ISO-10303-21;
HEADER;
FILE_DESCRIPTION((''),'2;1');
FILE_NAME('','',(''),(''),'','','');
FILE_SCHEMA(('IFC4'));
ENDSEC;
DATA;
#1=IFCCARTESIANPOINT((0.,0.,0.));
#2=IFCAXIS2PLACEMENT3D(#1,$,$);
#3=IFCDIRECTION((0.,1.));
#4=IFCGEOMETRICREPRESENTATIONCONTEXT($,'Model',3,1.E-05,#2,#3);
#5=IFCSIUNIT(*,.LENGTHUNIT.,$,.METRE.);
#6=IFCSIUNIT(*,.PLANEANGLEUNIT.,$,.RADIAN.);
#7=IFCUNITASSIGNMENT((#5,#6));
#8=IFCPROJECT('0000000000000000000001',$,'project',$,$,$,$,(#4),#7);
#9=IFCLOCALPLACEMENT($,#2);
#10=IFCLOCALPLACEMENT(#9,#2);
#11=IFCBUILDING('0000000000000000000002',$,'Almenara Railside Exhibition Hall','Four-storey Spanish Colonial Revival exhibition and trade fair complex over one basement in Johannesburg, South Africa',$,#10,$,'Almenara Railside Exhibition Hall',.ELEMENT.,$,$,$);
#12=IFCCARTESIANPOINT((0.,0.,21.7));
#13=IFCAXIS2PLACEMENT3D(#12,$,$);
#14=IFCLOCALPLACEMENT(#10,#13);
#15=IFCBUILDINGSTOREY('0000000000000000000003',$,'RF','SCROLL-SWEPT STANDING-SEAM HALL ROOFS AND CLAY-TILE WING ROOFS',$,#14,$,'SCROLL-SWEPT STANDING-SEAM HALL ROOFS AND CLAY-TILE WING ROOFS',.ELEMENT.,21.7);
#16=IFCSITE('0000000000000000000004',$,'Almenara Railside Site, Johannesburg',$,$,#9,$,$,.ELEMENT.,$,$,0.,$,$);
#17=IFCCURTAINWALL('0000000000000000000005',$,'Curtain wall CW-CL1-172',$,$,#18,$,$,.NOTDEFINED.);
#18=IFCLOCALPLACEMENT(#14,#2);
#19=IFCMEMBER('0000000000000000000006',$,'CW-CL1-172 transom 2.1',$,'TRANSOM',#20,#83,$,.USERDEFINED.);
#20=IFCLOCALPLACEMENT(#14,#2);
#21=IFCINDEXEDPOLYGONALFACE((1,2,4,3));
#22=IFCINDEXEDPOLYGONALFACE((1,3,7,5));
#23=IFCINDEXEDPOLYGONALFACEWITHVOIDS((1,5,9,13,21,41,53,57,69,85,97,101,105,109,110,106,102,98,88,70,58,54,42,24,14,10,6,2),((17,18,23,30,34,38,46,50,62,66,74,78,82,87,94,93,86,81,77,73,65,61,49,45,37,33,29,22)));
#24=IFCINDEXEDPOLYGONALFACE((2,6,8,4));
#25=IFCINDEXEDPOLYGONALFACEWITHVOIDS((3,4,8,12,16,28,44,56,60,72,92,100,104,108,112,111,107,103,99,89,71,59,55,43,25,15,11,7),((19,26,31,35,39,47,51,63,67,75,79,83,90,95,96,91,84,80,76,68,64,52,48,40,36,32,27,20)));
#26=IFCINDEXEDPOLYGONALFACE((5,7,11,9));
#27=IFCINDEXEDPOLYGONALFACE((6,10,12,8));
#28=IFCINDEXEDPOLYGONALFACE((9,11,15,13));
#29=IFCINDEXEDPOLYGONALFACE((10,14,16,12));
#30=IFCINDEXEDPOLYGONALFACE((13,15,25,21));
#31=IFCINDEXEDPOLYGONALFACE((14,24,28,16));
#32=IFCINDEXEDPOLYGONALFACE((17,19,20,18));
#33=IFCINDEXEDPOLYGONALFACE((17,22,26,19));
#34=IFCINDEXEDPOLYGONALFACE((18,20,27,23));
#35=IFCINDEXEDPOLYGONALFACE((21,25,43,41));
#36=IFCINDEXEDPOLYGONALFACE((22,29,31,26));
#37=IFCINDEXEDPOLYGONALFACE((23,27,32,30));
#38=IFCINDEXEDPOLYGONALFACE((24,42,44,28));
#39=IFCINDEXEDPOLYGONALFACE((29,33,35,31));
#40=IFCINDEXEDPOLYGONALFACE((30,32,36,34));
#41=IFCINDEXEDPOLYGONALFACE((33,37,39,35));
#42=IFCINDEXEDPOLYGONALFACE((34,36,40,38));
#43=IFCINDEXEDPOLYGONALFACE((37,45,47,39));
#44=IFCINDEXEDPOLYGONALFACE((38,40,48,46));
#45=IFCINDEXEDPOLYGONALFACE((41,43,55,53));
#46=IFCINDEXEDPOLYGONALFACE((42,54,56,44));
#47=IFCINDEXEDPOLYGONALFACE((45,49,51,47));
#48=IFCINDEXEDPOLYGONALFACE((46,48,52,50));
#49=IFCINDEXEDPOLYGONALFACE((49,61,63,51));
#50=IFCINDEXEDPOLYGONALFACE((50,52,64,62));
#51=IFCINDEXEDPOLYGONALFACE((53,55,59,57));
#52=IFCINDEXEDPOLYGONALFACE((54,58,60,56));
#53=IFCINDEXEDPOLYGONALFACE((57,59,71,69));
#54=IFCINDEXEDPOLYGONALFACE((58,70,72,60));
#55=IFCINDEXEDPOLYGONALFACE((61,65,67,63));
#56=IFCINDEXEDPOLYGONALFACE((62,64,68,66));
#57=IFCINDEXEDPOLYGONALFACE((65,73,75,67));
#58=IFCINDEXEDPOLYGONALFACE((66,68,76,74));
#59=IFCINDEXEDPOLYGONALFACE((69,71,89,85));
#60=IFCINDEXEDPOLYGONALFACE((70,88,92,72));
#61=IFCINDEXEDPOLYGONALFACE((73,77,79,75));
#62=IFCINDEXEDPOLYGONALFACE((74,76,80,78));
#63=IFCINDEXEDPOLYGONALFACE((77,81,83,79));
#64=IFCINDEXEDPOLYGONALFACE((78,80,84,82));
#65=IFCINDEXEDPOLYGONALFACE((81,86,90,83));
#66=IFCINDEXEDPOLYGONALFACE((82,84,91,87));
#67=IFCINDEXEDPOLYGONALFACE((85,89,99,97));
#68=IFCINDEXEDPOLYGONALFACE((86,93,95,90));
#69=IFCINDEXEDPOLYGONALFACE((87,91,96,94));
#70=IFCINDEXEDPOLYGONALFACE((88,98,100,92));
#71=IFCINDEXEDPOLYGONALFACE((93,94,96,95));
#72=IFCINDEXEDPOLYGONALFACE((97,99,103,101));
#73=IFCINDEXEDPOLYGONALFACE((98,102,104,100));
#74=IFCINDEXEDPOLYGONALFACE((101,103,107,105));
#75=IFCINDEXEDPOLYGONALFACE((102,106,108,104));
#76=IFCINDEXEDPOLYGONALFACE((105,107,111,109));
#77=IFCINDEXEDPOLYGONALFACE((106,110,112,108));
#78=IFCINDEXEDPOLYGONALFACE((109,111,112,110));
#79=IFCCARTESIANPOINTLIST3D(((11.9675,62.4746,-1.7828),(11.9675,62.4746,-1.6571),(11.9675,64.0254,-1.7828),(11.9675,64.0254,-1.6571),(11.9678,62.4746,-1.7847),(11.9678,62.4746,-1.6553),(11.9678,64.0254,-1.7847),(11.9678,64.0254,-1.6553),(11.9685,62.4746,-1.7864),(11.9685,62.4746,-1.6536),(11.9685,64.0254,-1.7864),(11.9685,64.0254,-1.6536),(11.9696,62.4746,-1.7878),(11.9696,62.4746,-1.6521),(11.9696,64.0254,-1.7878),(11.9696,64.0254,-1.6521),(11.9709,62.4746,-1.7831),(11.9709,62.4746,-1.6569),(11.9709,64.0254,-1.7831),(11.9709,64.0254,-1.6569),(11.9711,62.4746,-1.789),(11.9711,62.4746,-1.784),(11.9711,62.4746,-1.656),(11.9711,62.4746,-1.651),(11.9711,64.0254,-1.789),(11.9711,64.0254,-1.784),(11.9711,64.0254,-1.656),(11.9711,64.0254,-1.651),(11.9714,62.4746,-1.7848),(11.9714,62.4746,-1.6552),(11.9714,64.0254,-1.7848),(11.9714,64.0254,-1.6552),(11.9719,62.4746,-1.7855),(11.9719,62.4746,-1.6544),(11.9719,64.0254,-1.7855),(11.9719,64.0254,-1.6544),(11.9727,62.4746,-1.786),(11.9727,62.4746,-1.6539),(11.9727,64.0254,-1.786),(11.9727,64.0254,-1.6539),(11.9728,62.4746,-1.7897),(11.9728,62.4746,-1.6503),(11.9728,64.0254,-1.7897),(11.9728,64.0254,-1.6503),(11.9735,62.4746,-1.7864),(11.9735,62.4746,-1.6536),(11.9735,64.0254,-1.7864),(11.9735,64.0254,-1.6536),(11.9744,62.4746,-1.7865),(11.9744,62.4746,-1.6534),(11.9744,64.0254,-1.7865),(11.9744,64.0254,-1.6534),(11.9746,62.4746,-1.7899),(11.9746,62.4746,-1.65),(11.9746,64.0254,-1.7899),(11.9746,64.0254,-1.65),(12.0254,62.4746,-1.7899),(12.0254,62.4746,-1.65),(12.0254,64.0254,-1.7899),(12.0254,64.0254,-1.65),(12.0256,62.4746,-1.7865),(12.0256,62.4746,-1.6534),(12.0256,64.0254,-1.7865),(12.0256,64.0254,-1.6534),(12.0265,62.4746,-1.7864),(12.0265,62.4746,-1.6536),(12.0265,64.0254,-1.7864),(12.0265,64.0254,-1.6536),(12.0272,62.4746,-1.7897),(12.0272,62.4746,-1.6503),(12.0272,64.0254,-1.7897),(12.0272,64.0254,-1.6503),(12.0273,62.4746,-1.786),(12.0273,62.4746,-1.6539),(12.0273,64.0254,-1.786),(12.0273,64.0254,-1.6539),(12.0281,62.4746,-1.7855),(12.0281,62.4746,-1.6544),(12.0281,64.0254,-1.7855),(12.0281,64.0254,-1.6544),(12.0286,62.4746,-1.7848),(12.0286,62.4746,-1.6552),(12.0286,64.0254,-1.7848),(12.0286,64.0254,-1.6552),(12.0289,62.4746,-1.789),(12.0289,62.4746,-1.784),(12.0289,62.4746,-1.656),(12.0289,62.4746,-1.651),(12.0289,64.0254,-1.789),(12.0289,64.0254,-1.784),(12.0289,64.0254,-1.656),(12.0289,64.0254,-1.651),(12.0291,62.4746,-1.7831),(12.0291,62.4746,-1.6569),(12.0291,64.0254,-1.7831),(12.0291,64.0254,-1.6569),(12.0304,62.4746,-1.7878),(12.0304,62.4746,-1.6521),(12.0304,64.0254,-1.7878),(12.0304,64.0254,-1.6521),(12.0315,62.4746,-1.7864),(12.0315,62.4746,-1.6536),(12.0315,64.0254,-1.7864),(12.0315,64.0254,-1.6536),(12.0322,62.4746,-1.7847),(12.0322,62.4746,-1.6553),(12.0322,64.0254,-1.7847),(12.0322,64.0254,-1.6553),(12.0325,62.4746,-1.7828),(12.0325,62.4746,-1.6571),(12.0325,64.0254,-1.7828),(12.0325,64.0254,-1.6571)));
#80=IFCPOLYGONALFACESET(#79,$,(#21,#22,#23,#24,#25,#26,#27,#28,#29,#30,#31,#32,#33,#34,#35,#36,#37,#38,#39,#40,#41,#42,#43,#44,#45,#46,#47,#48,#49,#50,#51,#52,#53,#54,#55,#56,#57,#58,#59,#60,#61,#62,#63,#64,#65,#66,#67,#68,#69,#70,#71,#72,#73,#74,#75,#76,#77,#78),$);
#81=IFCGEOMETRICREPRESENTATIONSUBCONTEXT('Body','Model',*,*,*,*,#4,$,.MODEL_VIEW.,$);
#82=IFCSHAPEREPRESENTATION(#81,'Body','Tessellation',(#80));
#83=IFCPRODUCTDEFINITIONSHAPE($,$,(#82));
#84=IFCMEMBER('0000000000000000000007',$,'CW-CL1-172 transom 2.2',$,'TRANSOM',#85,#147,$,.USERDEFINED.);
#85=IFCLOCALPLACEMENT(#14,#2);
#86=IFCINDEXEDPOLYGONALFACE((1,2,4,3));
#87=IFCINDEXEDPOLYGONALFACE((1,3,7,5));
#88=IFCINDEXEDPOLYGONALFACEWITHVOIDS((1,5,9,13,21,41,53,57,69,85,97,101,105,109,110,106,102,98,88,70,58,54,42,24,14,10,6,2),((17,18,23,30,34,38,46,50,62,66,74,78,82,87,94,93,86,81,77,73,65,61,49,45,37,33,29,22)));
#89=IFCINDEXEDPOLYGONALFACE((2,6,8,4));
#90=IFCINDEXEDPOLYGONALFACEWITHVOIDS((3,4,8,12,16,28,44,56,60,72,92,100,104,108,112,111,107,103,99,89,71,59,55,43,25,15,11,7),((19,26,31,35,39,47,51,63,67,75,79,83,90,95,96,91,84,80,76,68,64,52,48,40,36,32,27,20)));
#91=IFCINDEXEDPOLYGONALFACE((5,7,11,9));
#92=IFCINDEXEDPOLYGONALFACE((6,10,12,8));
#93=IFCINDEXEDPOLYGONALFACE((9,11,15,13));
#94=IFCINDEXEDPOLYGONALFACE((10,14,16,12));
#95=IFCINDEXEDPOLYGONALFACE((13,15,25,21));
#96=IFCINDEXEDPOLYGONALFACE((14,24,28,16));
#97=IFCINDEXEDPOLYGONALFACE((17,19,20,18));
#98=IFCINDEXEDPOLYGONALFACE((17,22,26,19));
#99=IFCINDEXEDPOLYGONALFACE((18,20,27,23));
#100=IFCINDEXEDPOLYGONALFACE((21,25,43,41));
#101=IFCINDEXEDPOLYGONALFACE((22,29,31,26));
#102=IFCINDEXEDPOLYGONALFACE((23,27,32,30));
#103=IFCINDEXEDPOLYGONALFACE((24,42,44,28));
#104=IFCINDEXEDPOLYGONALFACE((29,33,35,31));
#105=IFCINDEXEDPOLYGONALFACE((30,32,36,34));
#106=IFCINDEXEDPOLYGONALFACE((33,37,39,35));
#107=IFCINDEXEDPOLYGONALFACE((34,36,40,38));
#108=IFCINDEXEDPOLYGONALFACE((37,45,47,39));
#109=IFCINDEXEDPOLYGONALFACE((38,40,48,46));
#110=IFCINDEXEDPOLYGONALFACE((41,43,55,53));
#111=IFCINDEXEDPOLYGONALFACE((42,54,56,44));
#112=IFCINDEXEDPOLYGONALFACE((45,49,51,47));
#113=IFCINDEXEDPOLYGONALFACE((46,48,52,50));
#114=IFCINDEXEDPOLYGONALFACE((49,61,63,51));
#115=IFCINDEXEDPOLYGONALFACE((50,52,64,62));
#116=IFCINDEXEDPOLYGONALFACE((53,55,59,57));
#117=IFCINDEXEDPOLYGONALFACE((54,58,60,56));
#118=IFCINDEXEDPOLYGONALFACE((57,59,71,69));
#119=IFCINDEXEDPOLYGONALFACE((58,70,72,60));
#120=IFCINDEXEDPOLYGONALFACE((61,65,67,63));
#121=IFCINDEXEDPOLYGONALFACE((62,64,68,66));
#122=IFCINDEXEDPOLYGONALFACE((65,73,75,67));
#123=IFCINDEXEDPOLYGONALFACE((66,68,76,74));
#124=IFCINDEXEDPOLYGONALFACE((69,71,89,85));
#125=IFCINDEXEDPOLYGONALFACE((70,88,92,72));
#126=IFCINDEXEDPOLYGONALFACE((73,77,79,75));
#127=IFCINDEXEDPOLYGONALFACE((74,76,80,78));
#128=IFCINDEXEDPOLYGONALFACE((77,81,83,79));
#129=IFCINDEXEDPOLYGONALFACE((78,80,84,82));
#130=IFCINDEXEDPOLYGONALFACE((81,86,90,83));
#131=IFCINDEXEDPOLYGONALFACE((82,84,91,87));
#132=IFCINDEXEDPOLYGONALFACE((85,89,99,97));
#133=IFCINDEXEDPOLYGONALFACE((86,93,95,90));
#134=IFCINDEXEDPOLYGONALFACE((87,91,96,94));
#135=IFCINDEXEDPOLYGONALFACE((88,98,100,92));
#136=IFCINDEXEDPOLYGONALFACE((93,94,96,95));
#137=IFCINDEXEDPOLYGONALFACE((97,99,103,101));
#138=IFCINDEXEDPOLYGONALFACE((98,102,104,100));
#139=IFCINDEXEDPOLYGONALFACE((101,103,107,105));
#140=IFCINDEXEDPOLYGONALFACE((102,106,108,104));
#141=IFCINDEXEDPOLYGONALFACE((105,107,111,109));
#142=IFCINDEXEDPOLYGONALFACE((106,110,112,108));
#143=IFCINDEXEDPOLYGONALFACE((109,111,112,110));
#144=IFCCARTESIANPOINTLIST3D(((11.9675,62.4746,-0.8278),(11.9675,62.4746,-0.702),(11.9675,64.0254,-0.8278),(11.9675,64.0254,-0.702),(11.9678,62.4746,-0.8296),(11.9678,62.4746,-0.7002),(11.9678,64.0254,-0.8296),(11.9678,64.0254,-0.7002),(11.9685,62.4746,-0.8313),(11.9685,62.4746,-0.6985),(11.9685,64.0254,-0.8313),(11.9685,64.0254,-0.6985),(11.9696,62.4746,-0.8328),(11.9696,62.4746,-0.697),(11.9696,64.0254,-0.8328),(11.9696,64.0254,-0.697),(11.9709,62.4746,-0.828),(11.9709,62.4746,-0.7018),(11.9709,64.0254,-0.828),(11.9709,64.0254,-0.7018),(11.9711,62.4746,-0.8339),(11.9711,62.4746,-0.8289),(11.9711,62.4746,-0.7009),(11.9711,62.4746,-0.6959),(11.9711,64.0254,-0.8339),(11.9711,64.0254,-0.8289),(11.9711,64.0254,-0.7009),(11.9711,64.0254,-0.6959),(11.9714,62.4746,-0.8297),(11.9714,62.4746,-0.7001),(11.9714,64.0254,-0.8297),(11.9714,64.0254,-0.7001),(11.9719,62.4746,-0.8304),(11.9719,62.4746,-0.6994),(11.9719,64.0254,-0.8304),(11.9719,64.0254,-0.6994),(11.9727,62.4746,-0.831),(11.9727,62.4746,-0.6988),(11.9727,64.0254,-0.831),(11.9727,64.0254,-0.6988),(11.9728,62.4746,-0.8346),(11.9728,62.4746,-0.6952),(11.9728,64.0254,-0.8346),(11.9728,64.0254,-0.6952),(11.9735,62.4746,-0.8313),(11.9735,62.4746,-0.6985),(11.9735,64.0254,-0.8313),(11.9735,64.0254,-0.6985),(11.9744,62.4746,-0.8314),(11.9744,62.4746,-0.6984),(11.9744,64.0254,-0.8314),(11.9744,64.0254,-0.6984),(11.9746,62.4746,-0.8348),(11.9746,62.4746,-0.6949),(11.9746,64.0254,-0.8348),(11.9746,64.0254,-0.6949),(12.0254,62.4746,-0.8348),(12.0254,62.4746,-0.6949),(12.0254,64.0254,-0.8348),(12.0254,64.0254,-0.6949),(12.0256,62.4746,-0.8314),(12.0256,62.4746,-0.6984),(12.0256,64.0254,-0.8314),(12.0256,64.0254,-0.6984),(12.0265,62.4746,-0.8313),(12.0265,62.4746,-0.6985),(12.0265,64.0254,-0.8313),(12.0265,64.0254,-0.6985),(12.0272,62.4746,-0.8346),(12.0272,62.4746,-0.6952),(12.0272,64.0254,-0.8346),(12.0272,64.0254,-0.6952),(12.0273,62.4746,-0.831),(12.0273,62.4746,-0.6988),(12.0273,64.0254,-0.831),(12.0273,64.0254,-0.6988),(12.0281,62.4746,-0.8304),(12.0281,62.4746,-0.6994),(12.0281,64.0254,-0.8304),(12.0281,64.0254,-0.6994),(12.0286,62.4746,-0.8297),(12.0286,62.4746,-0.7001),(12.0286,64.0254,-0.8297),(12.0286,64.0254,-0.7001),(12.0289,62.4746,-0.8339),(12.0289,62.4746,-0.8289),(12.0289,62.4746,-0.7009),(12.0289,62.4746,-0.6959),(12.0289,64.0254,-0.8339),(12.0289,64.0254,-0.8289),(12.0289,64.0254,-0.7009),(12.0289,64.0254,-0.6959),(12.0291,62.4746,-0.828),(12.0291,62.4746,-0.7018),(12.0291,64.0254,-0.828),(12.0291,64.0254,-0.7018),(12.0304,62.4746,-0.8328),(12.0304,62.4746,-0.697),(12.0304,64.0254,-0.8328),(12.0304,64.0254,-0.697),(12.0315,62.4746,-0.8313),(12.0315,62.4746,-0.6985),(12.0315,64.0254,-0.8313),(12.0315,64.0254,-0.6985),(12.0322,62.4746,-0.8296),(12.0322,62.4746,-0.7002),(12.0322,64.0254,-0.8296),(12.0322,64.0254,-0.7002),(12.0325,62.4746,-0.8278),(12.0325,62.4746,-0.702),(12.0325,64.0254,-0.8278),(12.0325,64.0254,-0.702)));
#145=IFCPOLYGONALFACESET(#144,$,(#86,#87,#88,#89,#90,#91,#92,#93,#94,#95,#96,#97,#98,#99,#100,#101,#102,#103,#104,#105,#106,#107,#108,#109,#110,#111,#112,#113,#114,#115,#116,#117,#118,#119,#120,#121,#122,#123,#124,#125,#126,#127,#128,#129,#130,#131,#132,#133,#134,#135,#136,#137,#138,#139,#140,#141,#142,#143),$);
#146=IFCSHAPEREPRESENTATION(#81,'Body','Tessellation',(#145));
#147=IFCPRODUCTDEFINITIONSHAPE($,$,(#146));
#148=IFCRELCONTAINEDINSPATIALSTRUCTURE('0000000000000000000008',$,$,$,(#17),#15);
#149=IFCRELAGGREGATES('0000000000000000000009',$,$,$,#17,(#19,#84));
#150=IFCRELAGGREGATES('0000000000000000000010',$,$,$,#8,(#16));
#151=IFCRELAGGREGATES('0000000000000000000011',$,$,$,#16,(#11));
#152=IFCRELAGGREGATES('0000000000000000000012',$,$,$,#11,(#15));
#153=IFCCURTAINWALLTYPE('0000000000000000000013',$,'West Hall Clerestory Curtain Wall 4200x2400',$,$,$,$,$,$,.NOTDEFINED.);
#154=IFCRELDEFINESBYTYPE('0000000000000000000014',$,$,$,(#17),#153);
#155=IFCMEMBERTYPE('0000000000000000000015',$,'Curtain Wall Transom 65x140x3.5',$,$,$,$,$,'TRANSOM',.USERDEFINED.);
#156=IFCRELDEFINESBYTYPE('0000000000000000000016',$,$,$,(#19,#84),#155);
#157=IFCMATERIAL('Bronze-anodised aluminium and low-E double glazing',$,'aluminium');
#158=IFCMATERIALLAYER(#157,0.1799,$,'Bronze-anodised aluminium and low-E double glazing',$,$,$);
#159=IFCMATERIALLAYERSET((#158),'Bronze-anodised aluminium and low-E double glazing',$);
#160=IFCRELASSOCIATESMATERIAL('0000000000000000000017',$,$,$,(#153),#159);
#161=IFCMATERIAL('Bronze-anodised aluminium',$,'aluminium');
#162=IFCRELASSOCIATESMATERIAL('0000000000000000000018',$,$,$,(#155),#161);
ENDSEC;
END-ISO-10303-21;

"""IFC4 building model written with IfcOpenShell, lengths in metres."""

from ifc_helpers import new_model, si_unit, direction, frame, origin, origin_2d, place, context, subcontext, project, spatial, hollow_rectangle, extrude, material, layer, layer_set, material_profile, profile_set, type_object, element, aggregate, save


model = new_model("IFC4")

# Units and contexts
model_context = context("Model", 3, precision=1e-05, world=origin(), true_north=direction((0.0, 1.0)))
body_context = subcontext(model_context, "Body", "Model", "MODEL_VIEW")
ifc_project = project(units=[si_unit("LENGTHUNIT", "METRE"), si_unit("PLANEANGLEUNIT", "RADIAN")], contexts=[model_context])

# Site, building, storey
site_placement = place(None, origin())
site = spatial("IfcSite", under=ifc_project, at=site_placement, Name="Almenara Railside Site, Johannesburg", CompositionType="ELEMENT", RefElevation=0.0)
building_placement = place(site_placement, origin())
building = spatial("IfcBuilding", under=site, at=building_placement, Name="Almenara Railside Exhibition Hall", Description="Four-storey Spanish Colonial Revival exhibition and trade fair complex over one basement in Johannesburg, South Africa", LongName="Almenara Railside Exhibition Hall", CompositionType="ELEMENT")
storey_placement = place(building_placement, frame((0.0, 0.0, 21.7)))
storey = spatial("IfcBuildingStorey", under=building, at=storey_placement, Name="RF", Description="SCROLL-SWEPT STANDING-SEAM HALL ROOFS AND CLAY-TILE WING ROOFS", LongName="SCROLL-SWEPT STANDING-SEAM HALL ROOFS AND CLAY-TILE WING ROOFS", CompositionType="ELEMENT", Elevation=21.7)

# Curtain wall
ifc_material_1 = material(Name="Bronze-anodised aluminium and low-E double glazing", Category="aluminium")
ifc_layer_1 = layer(ifc_material_1, 0.1799, Name="Bronze-anodised aluminium and low-E double glazing")
ifc_layer_set_1 = layer_set([ifc_layer_1], Name="Bronze-anodised aluminium and low-E double glazing")
curtain_wall_type = type_object("IfcCurtainWallType", Name="West Hall Clerestory Curtain Wall 4200x2400", PredefinedType="NOTDEFINED", material=ifc_layer_set_1)
ifc_material_2 = material(Name="Bronze-anodised aluminium", Category="aluminium")
curtain_wall_1_placement = place(storey_placement, origin())
curtain_wall_1 = element("IfcCurtainWall", 1, at=curtain_wall_1_placement, inside=storey, type_object=curtain_wall_type, Name="Curtain wall CW-CL1-172", PredefinedType="NOTDEFINED")

# Members
ifc_material_profile_1 = material_profile(ifc_material_2, hollow_rectangle(XDim=0.0649, YDim=0.1399, WallThickness=0.0034, InnerFilletRadius=0.0034, OuterFilletRadius=0.0071, at=origin_2d()), Name="ALU-TRN 65x140x3.5")
ifc_profile_set_1 = profile_set([ifc_material_profile_1], Name="Bronze-anodised aluminium")
member_type_1 = type_object("IfcMemberType", Name="Curtain Wall Transom 65x140x3.5", ElementType="TRANSOM", PredefinedType="USERDEFINED", material=ifc_profile_set_1)
member_1_placement = place(storey_placement, frame((12.0, 62.4746, -1.72), z_axis=(0.0, 1.0, 0.0), x_axis=(-1.0, 0.0, 0.0)))
member_1 = element("IfcMember", 2, at=member_1_placement, type_object=member_type_1, Name="CW-CL1-172 transom 2.1", ObjectType="TRANSOM", PredefinedType="USERDEFINED", context=body_context, shape_type="SweptSolid", body=[
    extrude(hollow_rectangle(XDim=0.0649, YDim=0.1399, WallThickness=0.0034, InnerFilletRadius=0.0034, OuterFilletRadius=0.0071, at=origin_2d()), origin(), (0.0, 0.0, 1.0), 1.5508),
])
member_2_placement = place(storey_placement, frame((12.0, 62.4746, -0.7649), z_axis=(0.0, 1.0, 0.0), x_axis=(-1.0, 0.0, 0.0)))
member_2 = element("IfcMember", 3, at=member_2_placement, type_object=member_type_1, Name="CW-CL1-172 transom 2.2", ObjectType="TRANSOM", PredefinedType="USERDEFINED", context=body_context, shape_type="SweptSolid", body=[
    extrude(hollow_rectangle(XDim=0.0649, YDim=0.1399, WallThickness=0.0034, InnerFilletRadius=0.0034, OuterFilletRadius=0.0071, at=origin_2d()), origin(), (0.0, 0.0, 1.0), 1.5508),
])

aggregate(curtain_wall_1, [member_1, member_2])

save(model, "model.ifc")
